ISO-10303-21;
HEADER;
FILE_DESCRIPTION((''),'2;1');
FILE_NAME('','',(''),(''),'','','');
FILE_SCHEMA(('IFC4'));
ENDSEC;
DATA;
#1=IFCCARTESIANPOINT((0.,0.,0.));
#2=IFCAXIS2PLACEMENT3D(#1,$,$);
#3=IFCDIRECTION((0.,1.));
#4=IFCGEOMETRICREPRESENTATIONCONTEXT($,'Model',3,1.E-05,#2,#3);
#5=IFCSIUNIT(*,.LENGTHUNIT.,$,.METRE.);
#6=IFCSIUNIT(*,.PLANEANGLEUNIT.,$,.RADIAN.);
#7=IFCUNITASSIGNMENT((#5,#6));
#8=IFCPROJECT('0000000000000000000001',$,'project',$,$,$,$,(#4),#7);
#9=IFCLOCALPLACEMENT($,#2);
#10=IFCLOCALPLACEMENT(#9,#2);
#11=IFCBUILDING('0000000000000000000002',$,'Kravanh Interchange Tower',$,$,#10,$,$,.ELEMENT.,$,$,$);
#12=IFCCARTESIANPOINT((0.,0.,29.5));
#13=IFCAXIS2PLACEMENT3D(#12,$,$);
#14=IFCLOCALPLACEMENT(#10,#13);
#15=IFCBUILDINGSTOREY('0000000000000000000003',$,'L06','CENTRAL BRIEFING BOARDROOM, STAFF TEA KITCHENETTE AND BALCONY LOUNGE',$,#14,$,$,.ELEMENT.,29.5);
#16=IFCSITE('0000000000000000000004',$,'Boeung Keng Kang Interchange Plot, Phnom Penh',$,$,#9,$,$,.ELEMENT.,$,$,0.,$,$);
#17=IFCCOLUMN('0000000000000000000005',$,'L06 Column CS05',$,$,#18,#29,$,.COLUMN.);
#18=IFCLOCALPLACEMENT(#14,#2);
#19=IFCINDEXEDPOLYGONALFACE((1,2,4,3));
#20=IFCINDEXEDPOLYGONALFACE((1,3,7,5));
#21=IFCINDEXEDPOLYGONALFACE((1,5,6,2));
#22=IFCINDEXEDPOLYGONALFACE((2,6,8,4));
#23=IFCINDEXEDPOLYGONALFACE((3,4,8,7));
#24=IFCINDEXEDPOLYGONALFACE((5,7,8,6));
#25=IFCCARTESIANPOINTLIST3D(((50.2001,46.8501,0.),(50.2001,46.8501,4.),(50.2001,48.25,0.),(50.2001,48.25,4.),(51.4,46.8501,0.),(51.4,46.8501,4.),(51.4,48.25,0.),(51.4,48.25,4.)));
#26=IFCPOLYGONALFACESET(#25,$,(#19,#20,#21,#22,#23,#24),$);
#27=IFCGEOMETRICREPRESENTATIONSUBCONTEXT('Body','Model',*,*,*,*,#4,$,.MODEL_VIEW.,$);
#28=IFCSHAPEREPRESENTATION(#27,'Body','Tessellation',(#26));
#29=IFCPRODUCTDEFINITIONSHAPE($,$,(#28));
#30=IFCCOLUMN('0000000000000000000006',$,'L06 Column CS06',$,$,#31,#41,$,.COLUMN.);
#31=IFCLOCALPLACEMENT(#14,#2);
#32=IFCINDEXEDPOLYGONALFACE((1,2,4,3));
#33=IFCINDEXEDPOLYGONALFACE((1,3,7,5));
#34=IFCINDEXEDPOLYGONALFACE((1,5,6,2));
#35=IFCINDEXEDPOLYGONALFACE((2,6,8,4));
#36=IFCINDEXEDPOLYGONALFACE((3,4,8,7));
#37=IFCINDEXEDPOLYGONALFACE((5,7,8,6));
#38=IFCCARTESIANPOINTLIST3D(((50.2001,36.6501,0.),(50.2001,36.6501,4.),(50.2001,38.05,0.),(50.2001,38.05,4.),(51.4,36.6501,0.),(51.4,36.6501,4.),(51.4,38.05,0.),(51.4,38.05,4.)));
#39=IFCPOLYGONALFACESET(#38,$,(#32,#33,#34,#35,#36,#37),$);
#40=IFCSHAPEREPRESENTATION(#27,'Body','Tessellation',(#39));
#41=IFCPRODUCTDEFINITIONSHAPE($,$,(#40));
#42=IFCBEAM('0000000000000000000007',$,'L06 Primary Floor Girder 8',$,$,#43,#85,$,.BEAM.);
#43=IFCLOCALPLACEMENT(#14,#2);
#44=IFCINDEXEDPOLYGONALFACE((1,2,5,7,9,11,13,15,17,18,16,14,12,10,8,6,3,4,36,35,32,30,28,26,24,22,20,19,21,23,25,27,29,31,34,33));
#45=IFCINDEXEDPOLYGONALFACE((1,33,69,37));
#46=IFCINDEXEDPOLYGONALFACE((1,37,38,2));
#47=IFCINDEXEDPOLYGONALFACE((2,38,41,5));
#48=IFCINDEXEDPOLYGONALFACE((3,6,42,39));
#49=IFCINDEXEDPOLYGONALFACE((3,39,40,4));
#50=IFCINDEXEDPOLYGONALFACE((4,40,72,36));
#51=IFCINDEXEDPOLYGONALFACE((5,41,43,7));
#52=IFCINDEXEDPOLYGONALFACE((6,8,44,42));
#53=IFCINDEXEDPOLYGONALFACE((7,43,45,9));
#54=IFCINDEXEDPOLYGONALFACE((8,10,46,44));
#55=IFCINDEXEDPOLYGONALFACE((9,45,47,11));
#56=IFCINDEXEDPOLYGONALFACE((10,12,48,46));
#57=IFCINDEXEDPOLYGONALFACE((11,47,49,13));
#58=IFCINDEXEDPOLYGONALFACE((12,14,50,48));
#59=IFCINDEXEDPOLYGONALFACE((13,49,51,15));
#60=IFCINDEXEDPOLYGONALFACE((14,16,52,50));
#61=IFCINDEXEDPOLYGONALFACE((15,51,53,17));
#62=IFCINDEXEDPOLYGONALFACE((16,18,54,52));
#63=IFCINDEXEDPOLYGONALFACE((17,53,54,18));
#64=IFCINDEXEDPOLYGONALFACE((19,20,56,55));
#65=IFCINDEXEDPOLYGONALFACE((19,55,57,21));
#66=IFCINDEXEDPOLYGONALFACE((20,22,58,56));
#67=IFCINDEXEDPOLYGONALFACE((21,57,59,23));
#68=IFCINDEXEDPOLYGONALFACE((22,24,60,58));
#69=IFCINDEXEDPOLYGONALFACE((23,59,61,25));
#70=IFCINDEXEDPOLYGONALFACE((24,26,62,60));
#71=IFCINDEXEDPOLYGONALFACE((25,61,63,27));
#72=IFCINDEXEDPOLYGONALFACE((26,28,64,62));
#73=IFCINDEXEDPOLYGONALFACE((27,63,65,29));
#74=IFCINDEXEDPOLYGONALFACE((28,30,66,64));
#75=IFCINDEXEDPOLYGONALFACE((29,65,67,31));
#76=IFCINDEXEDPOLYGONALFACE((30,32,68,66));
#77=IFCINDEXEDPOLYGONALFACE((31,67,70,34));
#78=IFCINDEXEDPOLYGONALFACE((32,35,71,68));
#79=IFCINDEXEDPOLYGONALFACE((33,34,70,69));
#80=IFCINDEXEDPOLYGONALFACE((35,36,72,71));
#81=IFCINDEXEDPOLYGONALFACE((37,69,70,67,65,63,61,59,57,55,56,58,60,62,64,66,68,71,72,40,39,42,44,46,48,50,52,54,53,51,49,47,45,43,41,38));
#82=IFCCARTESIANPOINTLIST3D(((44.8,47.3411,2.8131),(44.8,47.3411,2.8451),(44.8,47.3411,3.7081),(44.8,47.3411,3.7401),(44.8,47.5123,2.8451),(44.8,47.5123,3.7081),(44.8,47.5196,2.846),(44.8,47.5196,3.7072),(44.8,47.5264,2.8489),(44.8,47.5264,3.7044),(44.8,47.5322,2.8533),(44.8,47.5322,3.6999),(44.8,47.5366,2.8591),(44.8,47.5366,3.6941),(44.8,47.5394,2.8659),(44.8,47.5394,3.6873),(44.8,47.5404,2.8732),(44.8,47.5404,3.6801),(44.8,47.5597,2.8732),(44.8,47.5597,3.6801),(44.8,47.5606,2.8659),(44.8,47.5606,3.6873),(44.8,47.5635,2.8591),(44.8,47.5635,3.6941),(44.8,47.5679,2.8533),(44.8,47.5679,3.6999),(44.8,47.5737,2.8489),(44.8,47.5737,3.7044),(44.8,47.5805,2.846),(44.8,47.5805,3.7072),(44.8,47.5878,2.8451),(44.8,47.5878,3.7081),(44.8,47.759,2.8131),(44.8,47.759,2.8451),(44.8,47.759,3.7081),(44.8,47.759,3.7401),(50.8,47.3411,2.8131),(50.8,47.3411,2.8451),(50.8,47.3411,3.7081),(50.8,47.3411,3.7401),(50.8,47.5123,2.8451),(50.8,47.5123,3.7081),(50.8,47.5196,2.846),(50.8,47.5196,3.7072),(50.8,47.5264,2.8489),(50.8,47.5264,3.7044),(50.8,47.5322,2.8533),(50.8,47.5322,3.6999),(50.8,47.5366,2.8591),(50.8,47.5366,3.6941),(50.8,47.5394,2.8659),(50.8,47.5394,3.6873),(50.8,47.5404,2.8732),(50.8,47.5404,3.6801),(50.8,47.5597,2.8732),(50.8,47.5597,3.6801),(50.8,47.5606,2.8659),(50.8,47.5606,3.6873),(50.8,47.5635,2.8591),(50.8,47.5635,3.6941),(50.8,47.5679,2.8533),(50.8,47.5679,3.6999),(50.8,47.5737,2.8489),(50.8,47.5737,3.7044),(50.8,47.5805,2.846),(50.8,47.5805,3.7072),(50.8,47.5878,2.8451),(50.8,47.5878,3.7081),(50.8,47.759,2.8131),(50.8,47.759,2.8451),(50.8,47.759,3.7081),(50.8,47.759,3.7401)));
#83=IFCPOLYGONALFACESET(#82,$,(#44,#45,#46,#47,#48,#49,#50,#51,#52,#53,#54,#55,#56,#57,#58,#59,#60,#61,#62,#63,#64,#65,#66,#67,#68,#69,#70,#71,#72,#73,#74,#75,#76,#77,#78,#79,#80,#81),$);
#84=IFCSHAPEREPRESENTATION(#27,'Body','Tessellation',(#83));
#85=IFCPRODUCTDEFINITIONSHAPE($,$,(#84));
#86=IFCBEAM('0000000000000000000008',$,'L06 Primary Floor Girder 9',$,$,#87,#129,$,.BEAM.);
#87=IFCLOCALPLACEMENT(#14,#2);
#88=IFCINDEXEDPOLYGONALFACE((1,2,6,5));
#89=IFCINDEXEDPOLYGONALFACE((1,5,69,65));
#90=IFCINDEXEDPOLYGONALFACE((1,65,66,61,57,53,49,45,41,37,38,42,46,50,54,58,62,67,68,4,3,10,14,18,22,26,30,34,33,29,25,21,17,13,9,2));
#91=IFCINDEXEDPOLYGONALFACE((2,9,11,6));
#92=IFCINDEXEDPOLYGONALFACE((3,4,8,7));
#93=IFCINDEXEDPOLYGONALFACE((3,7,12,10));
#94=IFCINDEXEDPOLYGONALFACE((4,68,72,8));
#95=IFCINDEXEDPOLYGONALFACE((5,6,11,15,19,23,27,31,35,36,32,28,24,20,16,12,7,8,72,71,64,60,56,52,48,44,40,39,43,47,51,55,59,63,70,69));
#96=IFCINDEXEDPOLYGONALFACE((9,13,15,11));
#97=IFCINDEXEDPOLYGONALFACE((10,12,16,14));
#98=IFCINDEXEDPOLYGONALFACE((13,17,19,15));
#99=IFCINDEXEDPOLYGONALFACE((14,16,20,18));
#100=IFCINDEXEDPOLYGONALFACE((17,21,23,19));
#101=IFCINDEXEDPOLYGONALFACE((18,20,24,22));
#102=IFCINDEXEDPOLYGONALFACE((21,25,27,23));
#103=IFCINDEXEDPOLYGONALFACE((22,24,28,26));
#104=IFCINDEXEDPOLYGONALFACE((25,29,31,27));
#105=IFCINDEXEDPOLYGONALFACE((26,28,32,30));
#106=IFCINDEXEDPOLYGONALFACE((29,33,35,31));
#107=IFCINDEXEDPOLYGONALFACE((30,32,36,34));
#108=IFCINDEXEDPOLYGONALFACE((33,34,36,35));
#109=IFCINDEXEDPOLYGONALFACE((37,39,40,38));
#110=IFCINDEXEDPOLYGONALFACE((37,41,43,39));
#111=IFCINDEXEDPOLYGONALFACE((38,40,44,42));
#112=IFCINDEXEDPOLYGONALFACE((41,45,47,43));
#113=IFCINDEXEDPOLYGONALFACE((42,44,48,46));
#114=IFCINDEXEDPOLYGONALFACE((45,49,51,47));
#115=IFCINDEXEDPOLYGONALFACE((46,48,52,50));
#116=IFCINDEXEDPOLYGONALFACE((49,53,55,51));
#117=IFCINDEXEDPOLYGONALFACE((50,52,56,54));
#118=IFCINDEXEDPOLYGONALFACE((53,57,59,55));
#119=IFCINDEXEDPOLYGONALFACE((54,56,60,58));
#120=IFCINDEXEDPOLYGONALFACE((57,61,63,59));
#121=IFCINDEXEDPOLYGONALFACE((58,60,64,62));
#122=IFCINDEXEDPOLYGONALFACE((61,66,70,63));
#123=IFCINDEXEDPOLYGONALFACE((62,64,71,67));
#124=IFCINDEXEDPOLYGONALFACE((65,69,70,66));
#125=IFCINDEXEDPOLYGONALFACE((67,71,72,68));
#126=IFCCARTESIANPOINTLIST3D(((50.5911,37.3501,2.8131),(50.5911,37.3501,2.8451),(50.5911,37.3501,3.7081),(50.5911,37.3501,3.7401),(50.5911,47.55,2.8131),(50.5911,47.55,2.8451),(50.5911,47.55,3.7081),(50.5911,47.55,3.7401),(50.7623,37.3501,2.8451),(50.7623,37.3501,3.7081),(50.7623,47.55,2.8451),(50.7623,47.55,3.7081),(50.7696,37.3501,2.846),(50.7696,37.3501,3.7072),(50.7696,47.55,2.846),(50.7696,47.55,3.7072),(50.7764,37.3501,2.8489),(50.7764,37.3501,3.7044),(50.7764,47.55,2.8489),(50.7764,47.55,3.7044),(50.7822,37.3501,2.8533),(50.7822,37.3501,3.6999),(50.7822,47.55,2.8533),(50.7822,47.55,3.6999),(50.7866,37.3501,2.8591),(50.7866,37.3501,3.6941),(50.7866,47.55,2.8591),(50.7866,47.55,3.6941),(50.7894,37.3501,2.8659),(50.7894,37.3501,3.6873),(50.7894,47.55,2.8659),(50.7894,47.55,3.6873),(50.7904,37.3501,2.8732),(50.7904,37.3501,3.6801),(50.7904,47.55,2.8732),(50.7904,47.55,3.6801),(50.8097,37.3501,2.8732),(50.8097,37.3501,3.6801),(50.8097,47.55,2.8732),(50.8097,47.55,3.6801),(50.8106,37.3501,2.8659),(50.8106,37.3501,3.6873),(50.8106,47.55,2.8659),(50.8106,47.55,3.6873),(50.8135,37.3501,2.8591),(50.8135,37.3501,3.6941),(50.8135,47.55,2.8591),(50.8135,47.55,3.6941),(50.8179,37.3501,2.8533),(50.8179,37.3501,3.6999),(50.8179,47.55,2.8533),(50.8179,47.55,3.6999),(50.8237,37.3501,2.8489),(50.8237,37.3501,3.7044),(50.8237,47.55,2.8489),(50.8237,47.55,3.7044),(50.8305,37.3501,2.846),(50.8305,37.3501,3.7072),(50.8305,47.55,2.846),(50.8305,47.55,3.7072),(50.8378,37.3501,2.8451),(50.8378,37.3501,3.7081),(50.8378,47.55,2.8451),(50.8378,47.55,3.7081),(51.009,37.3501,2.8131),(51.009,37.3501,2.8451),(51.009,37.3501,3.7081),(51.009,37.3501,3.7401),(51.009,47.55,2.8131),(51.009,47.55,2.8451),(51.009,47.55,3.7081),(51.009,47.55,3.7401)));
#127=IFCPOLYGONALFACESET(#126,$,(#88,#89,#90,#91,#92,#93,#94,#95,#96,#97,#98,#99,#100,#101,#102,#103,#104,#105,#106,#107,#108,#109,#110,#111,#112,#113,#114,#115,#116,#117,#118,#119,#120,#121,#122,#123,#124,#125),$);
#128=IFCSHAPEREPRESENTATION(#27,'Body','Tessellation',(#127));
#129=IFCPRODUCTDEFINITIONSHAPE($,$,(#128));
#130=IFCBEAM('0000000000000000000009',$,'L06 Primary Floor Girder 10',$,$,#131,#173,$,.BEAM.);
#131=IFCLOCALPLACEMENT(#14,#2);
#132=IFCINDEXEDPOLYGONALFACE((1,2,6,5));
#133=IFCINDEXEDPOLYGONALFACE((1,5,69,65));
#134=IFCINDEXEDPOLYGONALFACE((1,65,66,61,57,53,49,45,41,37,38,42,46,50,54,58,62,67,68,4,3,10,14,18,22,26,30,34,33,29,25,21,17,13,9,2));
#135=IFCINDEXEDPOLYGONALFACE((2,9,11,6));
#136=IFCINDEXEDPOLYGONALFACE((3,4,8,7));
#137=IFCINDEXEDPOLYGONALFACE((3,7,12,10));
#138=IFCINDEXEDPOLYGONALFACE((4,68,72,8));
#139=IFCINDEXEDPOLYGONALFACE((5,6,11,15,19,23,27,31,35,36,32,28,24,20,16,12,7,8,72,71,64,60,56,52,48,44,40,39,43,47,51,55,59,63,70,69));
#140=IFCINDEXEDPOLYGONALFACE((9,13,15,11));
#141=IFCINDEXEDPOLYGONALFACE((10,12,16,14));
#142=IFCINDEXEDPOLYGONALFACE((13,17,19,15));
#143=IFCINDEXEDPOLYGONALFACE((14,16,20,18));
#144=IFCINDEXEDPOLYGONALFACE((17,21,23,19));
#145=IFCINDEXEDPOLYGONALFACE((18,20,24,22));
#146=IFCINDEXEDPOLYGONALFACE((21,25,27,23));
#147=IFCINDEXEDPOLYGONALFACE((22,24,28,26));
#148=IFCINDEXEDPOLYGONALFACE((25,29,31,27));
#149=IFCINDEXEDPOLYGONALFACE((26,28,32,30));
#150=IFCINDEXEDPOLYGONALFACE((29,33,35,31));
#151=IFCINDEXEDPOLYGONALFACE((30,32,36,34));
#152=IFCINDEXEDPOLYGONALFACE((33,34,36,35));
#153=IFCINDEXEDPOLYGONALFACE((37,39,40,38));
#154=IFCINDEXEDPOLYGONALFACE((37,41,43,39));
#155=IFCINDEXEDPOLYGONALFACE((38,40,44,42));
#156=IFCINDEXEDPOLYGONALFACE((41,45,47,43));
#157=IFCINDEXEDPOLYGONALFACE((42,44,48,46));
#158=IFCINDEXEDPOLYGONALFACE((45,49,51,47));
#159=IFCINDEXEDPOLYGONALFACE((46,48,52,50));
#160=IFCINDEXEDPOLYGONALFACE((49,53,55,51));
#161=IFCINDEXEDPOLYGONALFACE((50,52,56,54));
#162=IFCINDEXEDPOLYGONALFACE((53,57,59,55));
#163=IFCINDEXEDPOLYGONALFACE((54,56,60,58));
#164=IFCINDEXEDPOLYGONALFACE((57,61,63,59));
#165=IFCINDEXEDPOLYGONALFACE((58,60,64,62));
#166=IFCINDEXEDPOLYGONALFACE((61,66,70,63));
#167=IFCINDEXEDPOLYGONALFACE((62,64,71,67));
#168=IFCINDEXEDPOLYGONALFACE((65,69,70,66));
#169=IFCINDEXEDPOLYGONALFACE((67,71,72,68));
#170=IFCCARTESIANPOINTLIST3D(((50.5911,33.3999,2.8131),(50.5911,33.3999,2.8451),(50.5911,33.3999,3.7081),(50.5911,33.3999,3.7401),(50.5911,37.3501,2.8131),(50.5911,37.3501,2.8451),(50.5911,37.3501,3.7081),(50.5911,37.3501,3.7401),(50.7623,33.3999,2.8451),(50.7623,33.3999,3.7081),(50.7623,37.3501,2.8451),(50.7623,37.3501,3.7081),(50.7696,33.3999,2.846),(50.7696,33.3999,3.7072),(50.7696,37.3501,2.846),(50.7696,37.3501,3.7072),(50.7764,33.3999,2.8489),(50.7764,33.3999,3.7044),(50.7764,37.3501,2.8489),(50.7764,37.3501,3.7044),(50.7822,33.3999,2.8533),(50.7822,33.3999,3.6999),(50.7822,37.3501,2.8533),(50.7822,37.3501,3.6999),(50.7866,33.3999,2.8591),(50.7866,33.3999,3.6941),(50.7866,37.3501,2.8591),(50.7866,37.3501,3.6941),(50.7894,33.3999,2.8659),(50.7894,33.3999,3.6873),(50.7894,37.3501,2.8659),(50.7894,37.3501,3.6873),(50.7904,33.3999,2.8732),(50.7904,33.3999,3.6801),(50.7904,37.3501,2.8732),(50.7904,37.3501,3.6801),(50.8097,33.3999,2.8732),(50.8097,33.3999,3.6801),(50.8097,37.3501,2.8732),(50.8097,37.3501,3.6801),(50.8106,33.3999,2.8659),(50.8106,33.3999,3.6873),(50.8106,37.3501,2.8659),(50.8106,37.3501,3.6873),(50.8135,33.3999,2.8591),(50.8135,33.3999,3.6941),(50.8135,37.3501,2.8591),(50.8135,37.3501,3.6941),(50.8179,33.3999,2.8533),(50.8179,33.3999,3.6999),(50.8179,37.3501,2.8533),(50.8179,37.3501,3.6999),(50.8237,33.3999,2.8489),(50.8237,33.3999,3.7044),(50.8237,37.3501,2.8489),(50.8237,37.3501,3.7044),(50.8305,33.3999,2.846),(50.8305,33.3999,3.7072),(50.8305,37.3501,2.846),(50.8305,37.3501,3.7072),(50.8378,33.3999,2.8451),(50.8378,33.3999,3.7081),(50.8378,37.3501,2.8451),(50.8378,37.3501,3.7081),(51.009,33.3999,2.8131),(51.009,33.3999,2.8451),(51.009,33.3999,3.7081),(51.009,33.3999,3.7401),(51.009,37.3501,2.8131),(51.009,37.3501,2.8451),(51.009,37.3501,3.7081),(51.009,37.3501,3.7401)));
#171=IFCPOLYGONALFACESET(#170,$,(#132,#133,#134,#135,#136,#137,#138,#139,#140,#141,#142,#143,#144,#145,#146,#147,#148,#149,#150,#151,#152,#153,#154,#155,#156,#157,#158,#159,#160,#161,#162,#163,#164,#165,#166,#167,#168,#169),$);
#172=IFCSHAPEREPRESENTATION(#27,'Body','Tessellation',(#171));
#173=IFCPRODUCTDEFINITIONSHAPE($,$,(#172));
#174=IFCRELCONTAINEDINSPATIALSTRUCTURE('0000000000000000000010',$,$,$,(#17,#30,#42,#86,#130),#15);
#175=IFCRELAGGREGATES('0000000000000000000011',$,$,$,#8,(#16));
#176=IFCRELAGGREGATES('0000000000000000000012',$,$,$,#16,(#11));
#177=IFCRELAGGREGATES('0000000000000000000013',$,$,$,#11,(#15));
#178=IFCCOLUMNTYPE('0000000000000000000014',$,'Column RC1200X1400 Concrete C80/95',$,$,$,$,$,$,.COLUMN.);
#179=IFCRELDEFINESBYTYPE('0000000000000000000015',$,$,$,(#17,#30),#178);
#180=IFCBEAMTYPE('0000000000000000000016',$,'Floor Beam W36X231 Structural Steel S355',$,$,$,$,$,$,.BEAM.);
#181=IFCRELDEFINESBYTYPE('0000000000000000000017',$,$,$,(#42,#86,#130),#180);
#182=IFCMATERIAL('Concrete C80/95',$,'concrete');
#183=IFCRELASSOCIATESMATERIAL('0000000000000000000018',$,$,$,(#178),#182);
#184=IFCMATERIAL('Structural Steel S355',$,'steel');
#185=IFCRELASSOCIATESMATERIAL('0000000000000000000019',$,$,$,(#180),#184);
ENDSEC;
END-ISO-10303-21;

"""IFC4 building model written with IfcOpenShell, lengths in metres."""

from ifc_helpers import new_model, si_unit, direction, frame, origin, origin_2d, place, context, subcontext, project, spatial, rectangle, i_section, extrude, material, material_profile, profile_set, type_object, element, save


model = new_model("IFC4")

# Units and contexts
model_context = context("Model", 3, precision=1e-05, world=origin(), true_north=direction((0.0, 1.0)))
body_context = subcontext(model_context, "Body", "Model", "MODEL_VIEW")
ifc_project = project(units=[si_unit("LENGTHUNIT", "METRE"), si_unit("PLANEANGLEUNIT", "RADIAN")], contexts=[model_context])

# Site, building, storey
site_placement = place(None, origin())
site = spatial("IfcSite", under=ifc_project, at=site_placement, Name="Boeung Keng Kang Interchange Plot, Phnom Penh", CompositionType="ELEMENT", RefElevation=0.0)
building_placement = place(site_placement, origin())
building = spatial("IfcBuilding", under=site, at=building_placement, Name="Kravanh Interchange Tower", CompositionType="ELEMENT")
storey_placement = place(building_placement, frame((0.0, 0.0, 29.5)))
storey = spatial("IfcBuildingStorey", under=building, at=storey_placement, Name="L06", Description="CENTRAL BRIEFING BOARDROOM, STAFF TEA KITCHENETTE AND BALCONY LOUNGE", CompositionType="ELEMENT", Elevation=29.5)

# Columns
ifc_material_1 = material(Name="Concrete C80/95", Category="concrete")
ifc_material_profile_1 = material_profile(ifc_material_1, rectangle(XDim=1.2, YDim=1.3999, at=origin_2d()), Name="RC1200X1400")
ifc_profile_set_1 = profile_set([ifc_material_profile_1], Name="Concrete C80/95")
column_type = type_object("IfcColumnType", Name="Column RC1200X1400 Concrete C80/95", PredefinedType="COLUMN", material=ifc_profile_set_1)
for number, where, z_axis, x_axis, name in (
    (1, (50.8, 47.55, 0.0), (0.0, 0.0, 1.0), (1.0, 0.0, 0.0), "L06 Column CS05"),
    (2, (50.8, 37.3501, 0.0), (0.0, 0.0, 1.0), (1.0, 0.0, 0.0), "L06 Column CS06"),
):
    element("IfcColumn", number, at=place(storey_placement, frame(where, z_axis=z_axis, x_axis=x_axis)), inside=storey, type_object=column_type, Name=name, PredefinedType="COLUMN", context=body_context, shape_type="SweptSolid", body=[
        extrude(rectangle(XDim=1.2, YDim=1.3999, at=origin_2d()), origin(), (0.0, 0.0, 1.0), 4.0),
    ])

# Beams
ifc_material_2 = material(Name="Structural Steel S355", Category="steel")
ifc_material_profile_2 = material_profile(ifc_material_2, i_section(OverallWidth=0.418, OverallDepth=0.927, WebThickness=0.0193, FlangeThickness=0.032, FilletRadius=0.0281, at=origin_2d()), Name="W36X231")
ifc_profile_set_2 = profile_set([ifc_material_profile_2], Name="Structural Steel S355")
beam_type_1 = type_object("IfcBeamType", Name="Floor Beam W36X231 Structural Steel S355", PredefinedType="BEAM", material=ifc_profile_set_2)
beam_1_placement = place(storey_placement, frame((50.8, 47.55, 3.2766), z_axis=(-1.0, 0.0, 0.0), x_axis=(0.0, -1.0, 0.0)))
element("IfcBeam", 3, at=beam_1_placement, inside=storey, type_object=beam_type_1, Name="L06 Primary Floor Girder 8", PredefinedType="BEAM", context=body_context, shape_type="SweptSolid", body=[
    extrude(i_section(OverallWidth=0.418, OverallDepth=0.927, WebThickness=0.0193, FlangeThickness=0.032, FilletRadius=0.0281, at=origin_2d()), origin(), (0.0, 0.0, 1.0), 6.0),
])
beam_2_placement = place(storey_placement, frame((50.8, 47.55, 3.2766), z_axis=(0.0, -1.0, 0.0), x_axis=(1.0, 0.0, 0.0)))
element("IfcBeam", 4, at=beam_2_placement, inside=storey, type_object=beam_type_1, Name="L06 Primary Floor Girder 9", PredefinedType="BEAM", context=body_context, shape_type="SweptSolid", body=[
    extrude(i_section(OverallWidth=0.418, OverallDepth=0.927, WebThickness=0.0193, FlangeThickness=0.032, FilletRadius=0.0281, at=origin_2d()), origin(), (0.0, 0.0, 1.0), 10.2),
])
beam_3_placement = place(storey_placement, frame((50.8, 37.3501, 3.2766), z_axis=(0.0, -1.0, 0.0), x_axis=(1.0, 0.0, 0.0)))
element("IfcBeam", 5, at=beam_3_placement, inside=storey, type_object=beam_type_1, Name="L06 Primary Floor Girder 10", PredefinedType="BEAM", context=body_context, shape_type="SweptSolid", body=[
    extrude(i_section(OverallWidth=0.418, OverallDepth=0.927, WebThickness=0.0193, FlangeThickness=0.032, FilletRadius=0.0281, at=origin_2d()), origin(), (0.0, 0.0, 1.0), 3.9502),
])

save(model, "model.ifc")
